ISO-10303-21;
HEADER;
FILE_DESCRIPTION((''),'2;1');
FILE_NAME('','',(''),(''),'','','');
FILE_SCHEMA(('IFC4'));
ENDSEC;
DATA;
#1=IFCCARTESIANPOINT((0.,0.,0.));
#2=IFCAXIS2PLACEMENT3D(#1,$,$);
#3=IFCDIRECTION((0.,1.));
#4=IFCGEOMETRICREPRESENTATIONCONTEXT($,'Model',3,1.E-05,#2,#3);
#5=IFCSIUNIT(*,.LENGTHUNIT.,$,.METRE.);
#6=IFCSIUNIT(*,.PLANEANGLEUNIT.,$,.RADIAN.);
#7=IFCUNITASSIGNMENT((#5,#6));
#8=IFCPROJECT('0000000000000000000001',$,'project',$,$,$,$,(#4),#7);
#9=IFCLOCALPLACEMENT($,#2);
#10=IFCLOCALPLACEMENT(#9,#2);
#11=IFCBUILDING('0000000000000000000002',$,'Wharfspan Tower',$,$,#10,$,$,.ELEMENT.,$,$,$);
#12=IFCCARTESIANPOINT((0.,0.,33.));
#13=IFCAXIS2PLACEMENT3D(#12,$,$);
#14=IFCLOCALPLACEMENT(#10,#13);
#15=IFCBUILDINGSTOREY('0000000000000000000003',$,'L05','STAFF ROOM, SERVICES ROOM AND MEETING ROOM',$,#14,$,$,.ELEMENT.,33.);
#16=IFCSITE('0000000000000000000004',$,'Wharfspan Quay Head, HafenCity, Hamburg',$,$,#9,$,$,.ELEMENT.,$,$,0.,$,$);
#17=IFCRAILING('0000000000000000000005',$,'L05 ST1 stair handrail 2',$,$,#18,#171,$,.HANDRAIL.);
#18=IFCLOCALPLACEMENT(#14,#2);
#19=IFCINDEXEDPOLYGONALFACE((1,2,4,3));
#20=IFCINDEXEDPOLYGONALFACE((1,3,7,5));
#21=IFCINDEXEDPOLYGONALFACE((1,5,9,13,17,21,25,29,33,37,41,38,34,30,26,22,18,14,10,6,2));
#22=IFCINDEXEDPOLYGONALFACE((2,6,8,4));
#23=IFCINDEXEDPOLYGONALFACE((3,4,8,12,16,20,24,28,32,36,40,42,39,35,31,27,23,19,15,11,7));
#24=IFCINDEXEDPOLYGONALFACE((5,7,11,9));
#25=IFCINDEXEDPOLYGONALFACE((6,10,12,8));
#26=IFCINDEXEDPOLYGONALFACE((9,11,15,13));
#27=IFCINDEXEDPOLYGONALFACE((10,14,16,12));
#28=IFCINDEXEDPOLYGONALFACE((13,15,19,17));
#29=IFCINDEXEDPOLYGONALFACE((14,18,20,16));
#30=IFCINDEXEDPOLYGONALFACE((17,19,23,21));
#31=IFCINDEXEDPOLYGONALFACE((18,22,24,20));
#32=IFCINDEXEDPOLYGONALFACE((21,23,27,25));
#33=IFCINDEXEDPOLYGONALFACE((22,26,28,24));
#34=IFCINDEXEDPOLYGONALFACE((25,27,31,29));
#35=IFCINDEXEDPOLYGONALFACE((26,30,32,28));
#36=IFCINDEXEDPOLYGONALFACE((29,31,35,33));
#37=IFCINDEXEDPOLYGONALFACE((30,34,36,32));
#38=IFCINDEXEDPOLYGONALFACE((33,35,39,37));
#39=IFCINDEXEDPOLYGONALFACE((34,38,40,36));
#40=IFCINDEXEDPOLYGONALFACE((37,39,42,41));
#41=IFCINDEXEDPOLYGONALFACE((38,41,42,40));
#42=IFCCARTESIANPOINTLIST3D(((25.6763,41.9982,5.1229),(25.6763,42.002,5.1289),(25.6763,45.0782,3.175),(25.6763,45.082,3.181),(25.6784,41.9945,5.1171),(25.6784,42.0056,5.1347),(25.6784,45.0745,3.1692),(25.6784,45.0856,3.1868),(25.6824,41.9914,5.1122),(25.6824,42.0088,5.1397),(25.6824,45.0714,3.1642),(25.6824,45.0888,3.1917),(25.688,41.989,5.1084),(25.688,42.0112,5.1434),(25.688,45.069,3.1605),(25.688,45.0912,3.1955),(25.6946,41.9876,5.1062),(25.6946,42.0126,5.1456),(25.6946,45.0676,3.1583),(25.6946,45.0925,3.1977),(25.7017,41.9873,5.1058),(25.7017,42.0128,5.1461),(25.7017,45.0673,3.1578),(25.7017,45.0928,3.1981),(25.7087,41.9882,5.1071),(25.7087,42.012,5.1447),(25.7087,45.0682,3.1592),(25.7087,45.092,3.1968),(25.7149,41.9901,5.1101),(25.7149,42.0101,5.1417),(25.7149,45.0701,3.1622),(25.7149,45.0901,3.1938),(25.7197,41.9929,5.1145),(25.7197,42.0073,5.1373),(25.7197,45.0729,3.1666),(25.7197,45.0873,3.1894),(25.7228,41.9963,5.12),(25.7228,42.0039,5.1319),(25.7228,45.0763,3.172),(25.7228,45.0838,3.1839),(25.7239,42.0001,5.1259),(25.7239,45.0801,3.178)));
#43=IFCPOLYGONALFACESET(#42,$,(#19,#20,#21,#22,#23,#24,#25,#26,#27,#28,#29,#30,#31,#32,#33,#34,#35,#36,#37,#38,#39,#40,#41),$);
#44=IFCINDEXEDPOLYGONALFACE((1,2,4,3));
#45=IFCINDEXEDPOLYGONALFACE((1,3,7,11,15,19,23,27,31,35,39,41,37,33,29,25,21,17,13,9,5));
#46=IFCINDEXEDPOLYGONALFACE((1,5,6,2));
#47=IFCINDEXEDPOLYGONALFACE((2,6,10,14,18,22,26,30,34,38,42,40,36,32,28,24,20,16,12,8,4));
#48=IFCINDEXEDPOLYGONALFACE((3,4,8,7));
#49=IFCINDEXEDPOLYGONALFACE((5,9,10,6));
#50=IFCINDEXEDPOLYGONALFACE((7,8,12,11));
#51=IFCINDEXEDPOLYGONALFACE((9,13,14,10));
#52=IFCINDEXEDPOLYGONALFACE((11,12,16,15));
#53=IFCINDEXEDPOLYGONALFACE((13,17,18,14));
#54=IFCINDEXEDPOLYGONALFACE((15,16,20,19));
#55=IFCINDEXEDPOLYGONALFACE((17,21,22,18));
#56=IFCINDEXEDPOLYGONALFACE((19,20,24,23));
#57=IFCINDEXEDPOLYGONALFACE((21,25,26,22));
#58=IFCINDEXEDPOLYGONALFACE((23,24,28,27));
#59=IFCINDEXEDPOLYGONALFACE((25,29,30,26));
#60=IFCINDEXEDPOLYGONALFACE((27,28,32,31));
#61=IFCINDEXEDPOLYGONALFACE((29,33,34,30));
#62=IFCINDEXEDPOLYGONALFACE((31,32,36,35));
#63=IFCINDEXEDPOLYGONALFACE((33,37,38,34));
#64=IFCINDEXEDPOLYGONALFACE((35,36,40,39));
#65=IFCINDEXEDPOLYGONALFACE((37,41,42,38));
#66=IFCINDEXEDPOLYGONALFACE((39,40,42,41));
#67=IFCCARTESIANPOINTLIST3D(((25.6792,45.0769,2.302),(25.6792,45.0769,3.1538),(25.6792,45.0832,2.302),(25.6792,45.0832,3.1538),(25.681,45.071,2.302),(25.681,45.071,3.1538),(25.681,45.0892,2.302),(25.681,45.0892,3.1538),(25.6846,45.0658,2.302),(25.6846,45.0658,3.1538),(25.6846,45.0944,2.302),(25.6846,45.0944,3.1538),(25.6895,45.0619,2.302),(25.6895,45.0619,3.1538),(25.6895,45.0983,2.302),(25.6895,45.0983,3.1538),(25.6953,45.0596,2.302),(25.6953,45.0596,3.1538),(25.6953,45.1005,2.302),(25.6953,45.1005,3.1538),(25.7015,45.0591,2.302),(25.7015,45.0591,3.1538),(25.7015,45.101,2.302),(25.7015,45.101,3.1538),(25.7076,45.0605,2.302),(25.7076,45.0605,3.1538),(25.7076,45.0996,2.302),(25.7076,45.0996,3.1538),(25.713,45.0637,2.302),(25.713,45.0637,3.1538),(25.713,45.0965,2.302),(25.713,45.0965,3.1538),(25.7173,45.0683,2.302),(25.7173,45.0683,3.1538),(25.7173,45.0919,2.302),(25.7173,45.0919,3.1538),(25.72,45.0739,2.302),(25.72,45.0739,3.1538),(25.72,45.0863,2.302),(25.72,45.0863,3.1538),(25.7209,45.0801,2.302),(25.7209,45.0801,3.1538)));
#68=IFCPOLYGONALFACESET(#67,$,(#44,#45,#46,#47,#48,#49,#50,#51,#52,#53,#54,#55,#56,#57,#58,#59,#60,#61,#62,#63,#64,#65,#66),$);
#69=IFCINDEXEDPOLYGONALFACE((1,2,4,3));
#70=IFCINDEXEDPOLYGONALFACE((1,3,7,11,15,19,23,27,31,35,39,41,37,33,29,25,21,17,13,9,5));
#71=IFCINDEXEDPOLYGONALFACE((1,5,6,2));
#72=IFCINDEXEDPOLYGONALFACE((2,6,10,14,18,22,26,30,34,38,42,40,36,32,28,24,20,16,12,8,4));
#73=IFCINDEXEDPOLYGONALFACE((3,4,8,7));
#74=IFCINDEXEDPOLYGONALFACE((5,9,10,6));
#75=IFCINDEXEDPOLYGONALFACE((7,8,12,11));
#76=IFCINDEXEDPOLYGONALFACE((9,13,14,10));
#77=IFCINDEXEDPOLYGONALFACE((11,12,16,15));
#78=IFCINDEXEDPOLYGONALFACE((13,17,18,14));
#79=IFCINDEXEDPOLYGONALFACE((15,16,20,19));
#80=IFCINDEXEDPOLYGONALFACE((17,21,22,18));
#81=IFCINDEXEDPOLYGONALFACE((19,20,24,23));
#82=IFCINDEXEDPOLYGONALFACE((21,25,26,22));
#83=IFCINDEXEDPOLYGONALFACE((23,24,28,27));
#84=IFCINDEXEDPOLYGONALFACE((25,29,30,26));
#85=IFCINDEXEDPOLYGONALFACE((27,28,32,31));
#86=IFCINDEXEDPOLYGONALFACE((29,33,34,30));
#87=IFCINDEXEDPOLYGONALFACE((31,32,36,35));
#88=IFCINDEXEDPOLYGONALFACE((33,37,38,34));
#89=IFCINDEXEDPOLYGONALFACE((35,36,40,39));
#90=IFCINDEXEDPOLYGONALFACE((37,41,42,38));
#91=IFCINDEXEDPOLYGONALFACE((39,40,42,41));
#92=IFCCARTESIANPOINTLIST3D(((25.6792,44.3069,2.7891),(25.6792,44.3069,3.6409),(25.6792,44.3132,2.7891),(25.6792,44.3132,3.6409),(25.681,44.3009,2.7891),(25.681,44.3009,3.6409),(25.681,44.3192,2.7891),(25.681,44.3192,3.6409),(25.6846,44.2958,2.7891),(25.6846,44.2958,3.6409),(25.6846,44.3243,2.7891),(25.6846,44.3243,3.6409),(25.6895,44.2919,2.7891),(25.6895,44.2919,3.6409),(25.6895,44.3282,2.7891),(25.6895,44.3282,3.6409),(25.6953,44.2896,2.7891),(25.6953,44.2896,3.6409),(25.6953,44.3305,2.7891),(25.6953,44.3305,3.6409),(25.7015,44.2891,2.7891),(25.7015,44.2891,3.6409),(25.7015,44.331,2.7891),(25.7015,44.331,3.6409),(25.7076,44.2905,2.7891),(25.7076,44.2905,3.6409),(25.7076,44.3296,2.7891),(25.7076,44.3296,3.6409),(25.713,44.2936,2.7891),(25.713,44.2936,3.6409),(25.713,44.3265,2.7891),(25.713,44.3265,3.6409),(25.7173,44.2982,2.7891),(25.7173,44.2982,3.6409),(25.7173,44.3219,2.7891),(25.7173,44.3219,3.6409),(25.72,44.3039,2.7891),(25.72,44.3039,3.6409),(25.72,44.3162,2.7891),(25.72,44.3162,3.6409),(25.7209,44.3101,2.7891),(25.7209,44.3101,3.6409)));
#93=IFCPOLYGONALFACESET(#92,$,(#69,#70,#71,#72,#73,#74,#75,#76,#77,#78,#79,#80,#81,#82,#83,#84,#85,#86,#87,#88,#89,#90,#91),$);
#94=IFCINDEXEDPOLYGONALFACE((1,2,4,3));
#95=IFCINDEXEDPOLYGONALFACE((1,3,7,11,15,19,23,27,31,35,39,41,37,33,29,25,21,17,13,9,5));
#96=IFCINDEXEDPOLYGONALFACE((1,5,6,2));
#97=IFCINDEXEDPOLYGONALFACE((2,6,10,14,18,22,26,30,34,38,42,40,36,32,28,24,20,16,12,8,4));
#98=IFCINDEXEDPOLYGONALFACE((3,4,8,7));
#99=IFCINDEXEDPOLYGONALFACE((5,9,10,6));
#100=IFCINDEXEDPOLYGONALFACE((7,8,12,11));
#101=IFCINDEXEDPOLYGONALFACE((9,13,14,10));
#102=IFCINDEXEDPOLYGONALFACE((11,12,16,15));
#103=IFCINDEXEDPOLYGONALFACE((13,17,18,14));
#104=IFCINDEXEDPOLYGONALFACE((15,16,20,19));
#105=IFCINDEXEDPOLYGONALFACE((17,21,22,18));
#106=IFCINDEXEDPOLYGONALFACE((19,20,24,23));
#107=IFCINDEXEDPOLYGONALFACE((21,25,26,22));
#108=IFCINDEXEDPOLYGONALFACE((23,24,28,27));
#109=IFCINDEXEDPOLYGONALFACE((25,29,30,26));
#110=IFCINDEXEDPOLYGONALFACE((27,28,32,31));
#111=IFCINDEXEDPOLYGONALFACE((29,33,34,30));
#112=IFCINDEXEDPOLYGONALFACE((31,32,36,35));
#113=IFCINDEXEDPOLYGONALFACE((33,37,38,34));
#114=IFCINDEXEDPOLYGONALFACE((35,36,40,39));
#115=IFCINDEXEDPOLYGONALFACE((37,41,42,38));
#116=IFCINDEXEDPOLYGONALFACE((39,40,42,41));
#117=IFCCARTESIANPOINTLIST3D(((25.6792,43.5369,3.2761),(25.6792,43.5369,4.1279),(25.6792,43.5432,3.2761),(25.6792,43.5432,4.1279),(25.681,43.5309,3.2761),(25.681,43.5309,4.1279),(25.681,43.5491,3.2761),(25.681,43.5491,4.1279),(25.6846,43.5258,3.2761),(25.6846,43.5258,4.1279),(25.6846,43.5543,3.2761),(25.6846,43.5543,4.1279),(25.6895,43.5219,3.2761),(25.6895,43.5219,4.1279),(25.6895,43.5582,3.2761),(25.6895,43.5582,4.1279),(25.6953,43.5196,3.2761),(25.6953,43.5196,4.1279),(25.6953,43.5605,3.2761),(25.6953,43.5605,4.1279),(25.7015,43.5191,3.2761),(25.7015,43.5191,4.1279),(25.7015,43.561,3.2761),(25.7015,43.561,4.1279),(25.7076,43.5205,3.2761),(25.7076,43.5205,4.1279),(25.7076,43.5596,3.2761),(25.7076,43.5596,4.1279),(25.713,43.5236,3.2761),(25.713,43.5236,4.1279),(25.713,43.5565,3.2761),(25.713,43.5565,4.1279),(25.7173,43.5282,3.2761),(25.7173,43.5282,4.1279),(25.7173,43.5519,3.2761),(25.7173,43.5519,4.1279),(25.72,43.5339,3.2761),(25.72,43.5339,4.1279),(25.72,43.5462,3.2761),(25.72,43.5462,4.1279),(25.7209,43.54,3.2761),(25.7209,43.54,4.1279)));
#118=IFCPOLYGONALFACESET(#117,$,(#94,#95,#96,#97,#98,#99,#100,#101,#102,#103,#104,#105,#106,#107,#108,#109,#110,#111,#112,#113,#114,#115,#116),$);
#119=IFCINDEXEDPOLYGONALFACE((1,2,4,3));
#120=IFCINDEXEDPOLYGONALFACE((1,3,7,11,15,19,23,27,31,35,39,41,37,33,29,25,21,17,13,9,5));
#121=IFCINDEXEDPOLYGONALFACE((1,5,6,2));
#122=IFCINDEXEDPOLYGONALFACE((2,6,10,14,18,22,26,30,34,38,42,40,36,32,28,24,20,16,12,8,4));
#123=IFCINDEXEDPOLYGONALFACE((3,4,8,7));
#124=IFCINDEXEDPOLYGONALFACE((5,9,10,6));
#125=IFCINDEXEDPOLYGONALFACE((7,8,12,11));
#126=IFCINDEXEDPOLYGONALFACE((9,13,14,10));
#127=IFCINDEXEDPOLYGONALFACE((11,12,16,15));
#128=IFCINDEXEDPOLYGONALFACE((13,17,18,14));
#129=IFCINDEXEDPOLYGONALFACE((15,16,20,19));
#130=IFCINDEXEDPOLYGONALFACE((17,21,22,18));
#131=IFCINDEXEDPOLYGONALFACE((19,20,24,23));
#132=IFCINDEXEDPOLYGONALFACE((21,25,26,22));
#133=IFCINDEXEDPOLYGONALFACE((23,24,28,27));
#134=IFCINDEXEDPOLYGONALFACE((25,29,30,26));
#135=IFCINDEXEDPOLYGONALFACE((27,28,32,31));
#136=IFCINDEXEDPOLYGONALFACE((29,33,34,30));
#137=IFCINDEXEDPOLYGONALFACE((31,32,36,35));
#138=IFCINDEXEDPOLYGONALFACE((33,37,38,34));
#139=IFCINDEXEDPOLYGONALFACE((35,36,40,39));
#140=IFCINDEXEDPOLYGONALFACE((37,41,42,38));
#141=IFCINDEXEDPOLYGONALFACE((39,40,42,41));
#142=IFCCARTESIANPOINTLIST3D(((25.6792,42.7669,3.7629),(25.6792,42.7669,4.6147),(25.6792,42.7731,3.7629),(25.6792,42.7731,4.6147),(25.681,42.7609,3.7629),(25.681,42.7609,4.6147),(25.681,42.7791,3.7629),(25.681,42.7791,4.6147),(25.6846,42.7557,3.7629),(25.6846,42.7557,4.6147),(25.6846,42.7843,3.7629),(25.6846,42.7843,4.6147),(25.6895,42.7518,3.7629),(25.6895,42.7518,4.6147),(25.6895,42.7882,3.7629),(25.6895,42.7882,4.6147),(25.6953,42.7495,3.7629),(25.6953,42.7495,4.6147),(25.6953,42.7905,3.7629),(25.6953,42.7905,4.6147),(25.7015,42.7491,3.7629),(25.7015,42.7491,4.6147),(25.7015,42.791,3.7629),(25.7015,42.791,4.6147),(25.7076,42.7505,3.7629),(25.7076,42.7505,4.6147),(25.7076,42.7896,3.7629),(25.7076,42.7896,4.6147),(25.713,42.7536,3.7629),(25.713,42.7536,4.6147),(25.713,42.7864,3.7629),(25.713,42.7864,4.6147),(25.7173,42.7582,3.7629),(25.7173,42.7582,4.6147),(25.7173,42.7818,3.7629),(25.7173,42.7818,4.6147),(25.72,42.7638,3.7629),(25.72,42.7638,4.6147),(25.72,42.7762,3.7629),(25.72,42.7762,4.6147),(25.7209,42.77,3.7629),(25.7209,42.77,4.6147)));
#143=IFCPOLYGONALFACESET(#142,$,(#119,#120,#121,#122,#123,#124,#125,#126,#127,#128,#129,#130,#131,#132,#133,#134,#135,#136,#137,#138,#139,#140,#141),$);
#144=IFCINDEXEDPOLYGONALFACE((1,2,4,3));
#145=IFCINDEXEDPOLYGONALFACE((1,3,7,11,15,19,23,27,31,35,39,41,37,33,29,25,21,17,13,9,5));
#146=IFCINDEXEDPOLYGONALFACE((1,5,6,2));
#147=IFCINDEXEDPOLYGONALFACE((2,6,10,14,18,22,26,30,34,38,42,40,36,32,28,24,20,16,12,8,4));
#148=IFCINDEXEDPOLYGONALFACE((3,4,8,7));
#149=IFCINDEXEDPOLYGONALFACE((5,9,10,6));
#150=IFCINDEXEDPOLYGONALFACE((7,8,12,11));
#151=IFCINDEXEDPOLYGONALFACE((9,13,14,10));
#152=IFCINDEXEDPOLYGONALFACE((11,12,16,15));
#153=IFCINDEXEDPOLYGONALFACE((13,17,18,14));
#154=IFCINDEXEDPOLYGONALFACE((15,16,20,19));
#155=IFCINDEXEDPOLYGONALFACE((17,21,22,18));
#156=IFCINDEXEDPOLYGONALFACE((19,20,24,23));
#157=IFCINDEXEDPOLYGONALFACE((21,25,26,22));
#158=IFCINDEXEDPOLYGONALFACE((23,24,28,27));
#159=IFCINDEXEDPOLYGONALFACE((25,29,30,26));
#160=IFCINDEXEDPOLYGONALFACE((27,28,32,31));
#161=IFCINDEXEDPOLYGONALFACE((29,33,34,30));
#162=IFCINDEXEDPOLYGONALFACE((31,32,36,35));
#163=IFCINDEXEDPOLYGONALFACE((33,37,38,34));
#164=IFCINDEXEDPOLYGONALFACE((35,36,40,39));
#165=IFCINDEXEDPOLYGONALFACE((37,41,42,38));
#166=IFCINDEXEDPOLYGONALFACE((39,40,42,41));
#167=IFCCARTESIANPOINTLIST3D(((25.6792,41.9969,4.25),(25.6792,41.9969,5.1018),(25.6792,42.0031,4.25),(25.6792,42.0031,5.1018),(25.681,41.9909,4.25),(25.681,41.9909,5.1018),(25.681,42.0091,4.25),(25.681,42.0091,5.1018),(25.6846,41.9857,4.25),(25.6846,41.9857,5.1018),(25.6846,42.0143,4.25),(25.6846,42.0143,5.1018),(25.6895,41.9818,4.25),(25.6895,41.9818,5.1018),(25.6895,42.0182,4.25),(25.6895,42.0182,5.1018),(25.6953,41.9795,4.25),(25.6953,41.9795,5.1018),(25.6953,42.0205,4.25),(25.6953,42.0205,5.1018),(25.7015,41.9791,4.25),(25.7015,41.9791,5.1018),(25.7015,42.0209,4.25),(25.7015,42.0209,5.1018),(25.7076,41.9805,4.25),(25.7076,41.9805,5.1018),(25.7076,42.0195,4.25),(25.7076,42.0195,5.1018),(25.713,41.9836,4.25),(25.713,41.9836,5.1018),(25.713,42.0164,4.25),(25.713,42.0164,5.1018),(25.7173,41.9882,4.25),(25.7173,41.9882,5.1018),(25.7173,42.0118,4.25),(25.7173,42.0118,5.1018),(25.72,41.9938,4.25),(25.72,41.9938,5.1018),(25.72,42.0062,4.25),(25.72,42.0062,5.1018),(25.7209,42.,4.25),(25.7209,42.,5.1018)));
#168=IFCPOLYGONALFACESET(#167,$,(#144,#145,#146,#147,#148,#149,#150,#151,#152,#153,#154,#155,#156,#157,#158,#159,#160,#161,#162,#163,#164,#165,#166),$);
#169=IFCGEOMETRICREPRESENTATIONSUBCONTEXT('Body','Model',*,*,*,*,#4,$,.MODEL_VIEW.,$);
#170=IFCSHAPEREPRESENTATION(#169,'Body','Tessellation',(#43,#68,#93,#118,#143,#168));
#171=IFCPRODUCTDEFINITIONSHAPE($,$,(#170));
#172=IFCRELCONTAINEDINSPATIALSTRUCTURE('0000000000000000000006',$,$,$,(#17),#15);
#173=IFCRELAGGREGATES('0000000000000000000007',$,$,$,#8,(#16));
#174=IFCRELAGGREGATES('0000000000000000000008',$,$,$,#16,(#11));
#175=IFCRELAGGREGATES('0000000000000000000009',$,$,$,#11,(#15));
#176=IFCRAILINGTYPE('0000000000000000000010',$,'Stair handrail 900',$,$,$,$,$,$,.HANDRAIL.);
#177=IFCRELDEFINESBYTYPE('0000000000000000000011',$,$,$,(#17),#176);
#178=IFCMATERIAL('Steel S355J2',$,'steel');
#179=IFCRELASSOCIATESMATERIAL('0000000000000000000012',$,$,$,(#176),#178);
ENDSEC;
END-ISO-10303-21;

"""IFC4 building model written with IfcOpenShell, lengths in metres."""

from ifc_helpers import new_model, si_unit, direction, frame, origin, origin_2d, place, context, subcontext, project, spatial, circle, extrude, material, type_object, element, save


model = new_model("IFC4")

# Units and contexts
model_context = context("Model", 3, precision=1e-05, world=origin(), true_north=direction((0.0, 1.0)))
body_context = subcontext(model_context, "Body", "Model", "MODEL_VIEW")
ifc_project = project(units=[si_unit("LENGTHUNIT", "METRE"), si_unit("PLANEANGLEUNIT", "RADIAN")], contexts=[model_context])

# Site, building, storey
site_placement = place(None, origin())
site = spatial("IfcSite", under=ifc_project, at=site_placement, Name="Wharfspan Quay Head, HafenCity, Hamburg", CompositionType="ELEMENT", RefElevation=0.0)
building_placement = place(site_placement, origin())
building = spatial("IfcBuilding", under=site, at=building_placement, Name="Wharfspan Tower", CompositionType="ELEMENT")
storey_placement = place(building_placement, frame((0.0, 0.0, 33.0)))
storey = spatial("IfcBuildingStorey", under=building, at=storey_placement, Name="L05", Description="STAFF ROOM, SERVICES ROOM AND MEETING ROOM", CompositionType="ELEMENT", Elevation=33.0)

# Railing
ifc_material_1 = material(Name="Steel S355J2", Category="steel")
railing_type_1 = type_object("IfcRailingType", Name="Stair handrail 900", PredefinedType="HANDRAIL", material=ifc_material_1)
railing_1_placement = place(storey_placement, frame((25.7, 45.0801, 2.302)))
element("IfcRailing", 1, at=railing_1_placement, inside=storey, type_object=railing_type_1, Name="L05 ST1 stair handrail 2", PredefinedType="HANDRAIL", context=body_context, shape_type="SweptSolid", body=[
    extrude(circle(Radius=0.0239, at=origin_2d()), frame((0.0, 0.0, 0.876), z_axis=(0.0, -0.845156, 0.53452), x_axis=(1.0, 0.0, 0.0)), (0.0, 0.0, 1.0), 3.6443),
    extrude(circle(Radius=0.021, at=origin_2d()), origin(), (0.0, 0.0, 1.0), 0.8518),
    extrude(circle(Radius=0.021, at=origin_2d()), frame((0.0, -0.77, 0.4871)), (0.0, 0.0, 1.0), 0.8518),
    extrude(circle(Radius=0.021, at=origin_2d()), frame((0.0, -1.54, 0.9741)), (0.0, 0.0, 1.0), 0.8518),
    extrude(circle(Radius=0.021, at=origin_2d()), frame((0.0, -2.3101, 1.4609)), (0.0, 0.0, 1.0), 0.8518),
    extrude(circle(Radius=0.021, at=origin_2d()), frame((0.0, -3.0801, 1.948)), (0.0, 0.0, 1.0), 0.8518),
])

save(model, "model.ifc")
